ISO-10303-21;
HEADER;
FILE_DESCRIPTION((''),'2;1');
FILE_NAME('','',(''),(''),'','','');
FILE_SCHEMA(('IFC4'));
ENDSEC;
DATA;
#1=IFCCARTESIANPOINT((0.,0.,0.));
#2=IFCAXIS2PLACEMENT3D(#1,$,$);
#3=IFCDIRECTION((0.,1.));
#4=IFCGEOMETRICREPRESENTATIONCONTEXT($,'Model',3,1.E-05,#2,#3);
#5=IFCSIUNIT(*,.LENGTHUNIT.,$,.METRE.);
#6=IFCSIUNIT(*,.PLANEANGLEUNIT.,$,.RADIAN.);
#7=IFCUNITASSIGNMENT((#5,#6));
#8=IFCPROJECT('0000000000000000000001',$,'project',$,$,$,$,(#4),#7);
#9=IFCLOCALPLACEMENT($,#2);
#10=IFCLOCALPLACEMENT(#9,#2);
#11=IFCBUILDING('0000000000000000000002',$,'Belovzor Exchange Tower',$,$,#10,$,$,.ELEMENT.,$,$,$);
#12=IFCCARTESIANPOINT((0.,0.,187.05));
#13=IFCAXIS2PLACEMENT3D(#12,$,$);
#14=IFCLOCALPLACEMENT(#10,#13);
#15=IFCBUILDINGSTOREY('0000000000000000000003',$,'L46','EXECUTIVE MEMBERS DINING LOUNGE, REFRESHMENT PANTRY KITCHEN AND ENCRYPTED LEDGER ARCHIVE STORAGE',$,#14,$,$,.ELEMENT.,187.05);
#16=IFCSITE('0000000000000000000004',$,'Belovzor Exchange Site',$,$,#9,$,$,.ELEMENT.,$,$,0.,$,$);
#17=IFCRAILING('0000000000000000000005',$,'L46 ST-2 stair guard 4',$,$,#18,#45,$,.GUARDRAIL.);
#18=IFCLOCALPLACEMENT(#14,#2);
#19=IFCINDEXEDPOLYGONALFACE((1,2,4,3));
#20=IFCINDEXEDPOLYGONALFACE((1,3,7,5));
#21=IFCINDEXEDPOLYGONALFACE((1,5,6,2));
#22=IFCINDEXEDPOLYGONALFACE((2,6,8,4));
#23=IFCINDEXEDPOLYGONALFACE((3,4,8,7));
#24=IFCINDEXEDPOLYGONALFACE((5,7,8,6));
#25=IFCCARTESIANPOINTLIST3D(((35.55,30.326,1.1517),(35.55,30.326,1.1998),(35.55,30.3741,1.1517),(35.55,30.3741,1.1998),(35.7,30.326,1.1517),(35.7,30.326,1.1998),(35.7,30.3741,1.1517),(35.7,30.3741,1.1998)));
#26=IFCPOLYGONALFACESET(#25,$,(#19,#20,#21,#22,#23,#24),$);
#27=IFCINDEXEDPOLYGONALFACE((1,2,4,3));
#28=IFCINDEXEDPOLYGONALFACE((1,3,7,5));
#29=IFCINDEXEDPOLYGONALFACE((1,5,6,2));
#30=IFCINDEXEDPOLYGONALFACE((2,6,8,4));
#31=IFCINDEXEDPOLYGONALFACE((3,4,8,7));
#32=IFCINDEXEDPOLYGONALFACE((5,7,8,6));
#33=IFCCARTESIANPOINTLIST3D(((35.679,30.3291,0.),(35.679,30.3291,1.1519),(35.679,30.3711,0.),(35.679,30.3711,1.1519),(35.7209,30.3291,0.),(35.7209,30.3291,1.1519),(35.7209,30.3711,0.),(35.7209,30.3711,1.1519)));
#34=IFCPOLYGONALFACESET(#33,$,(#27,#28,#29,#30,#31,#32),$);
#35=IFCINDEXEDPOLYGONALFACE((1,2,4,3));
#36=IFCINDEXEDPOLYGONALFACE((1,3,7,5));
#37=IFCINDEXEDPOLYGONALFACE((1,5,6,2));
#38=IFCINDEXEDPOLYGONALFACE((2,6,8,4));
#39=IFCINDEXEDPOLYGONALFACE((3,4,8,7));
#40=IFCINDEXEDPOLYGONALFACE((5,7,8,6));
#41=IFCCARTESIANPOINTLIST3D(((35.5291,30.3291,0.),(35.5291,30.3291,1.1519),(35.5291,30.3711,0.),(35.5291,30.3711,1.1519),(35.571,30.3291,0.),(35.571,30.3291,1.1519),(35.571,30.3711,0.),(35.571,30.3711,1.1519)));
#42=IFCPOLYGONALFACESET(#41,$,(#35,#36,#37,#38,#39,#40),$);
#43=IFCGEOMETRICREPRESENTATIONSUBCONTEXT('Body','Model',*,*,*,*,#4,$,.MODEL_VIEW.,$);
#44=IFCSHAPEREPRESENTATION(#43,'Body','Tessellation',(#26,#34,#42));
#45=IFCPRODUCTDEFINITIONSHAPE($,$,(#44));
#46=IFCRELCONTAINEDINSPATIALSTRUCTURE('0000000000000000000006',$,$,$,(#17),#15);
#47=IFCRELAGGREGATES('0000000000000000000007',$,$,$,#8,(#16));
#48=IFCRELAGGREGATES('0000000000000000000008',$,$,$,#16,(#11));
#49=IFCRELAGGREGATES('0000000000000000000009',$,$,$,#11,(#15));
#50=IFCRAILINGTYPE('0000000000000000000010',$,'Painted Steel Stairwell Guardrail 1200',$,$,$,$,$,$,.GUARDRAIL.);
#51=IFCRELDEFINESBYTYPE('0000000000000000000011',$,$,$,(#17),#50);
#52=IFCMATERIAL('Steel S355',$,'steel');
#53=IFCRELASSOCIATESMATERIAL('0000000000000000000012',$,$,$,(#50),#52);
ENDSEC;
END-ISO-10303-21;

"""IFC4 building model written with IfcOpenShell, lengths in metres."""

from ifc_helpers import new_model, si_unit, direction, frame, origin, origin_2d, place, context, subcontext, project, spatial, rectangle, extrude, material, type_object, element, save


model = new_model("IFC4")

# Units and contexts
model_context = context("Model", 3, precision=1e-05, world=origin(), true_north=direction((0.0, 1.0)))
body_context = subcontext(model_context, "Body", "Model", "MODEL_VIEW")
ifc_project = project(units=[si_unit("LENGTHUNIT", "METRE"), si_unit("PLANEANGLEUNIT", "RADIAN")], contexts=[model_context])

# Site, building, storey
site_placement = place(None, origin())
site = spatial("IfcSite", under=ifc_project, at=site_placement, Name="Belovzor Exchange Site", CompositionType="ELEMENT", RefElevation=0.0)
building_placement = place(site_placement, origin())
building = spatial("IfcBuilding", under=site, at=building_placement, Name="Belovzor Exchange Tower", CompositionType="ELEMENT")
storey_placement = place(building_placement, frame((0.0, 0.0, 187.05)))
storey = spatial("IfcBuildingStorey", under=building, at=storey_placement, Name="L46", Description="EXECUTIVE MEMBERS DINING LOUNGE, REFRESHMENT PANTRY KITCHEN AND ENCRYPTED LEDGER ARCHIVE STORAGE", CompositionType="ELEMENT", Elevation=187.05)

# Railing
ifc_material_1 = material(Name="Steel S355", Category="steel")
railing_type_1 = type_object("IfcRailingType", Name="Painted Steel Stairwell Guardrail 1200", PredefinedType="GUARDRAIL", material=ifc_material_1)
railing_1_placement = place(storey_placement, frame((35.7, 30.3501, 0.0)))
element("IfcRailing", 1, at=railing_1_placement, inside=storey, type_object=railing_type_1, Name="L46 ST-2 stair guard 4", PredefinedType="GUARDRAIL", context=body_context, shape_type="SweptSolid", body=[
    extrude(rectangle(XDim=0.0481, YDim=0.0481, at=origin_2d()), frame((0.0, 0.0, 1.1758), z_axis=(-1.0, 0.0, 0.0), x_axis=(0.0, -1.0, 0.0)), (0.0, 0.0, 1.0), 0.1499),
    extrude(rectangle(XDim=0.042, YDim=0.042, at=origin_2d()), origin(), (0.0, 0.0, 1.0), 1.1519),
    extrude(rectangle(XDim=0.042, YDim=0.042, at=origin_2d()), frame((-0.1499, 0.0, 0.0)), (0.0, 0.0, 1.0), 1.1519),
])

save(model, "model.ifc")
